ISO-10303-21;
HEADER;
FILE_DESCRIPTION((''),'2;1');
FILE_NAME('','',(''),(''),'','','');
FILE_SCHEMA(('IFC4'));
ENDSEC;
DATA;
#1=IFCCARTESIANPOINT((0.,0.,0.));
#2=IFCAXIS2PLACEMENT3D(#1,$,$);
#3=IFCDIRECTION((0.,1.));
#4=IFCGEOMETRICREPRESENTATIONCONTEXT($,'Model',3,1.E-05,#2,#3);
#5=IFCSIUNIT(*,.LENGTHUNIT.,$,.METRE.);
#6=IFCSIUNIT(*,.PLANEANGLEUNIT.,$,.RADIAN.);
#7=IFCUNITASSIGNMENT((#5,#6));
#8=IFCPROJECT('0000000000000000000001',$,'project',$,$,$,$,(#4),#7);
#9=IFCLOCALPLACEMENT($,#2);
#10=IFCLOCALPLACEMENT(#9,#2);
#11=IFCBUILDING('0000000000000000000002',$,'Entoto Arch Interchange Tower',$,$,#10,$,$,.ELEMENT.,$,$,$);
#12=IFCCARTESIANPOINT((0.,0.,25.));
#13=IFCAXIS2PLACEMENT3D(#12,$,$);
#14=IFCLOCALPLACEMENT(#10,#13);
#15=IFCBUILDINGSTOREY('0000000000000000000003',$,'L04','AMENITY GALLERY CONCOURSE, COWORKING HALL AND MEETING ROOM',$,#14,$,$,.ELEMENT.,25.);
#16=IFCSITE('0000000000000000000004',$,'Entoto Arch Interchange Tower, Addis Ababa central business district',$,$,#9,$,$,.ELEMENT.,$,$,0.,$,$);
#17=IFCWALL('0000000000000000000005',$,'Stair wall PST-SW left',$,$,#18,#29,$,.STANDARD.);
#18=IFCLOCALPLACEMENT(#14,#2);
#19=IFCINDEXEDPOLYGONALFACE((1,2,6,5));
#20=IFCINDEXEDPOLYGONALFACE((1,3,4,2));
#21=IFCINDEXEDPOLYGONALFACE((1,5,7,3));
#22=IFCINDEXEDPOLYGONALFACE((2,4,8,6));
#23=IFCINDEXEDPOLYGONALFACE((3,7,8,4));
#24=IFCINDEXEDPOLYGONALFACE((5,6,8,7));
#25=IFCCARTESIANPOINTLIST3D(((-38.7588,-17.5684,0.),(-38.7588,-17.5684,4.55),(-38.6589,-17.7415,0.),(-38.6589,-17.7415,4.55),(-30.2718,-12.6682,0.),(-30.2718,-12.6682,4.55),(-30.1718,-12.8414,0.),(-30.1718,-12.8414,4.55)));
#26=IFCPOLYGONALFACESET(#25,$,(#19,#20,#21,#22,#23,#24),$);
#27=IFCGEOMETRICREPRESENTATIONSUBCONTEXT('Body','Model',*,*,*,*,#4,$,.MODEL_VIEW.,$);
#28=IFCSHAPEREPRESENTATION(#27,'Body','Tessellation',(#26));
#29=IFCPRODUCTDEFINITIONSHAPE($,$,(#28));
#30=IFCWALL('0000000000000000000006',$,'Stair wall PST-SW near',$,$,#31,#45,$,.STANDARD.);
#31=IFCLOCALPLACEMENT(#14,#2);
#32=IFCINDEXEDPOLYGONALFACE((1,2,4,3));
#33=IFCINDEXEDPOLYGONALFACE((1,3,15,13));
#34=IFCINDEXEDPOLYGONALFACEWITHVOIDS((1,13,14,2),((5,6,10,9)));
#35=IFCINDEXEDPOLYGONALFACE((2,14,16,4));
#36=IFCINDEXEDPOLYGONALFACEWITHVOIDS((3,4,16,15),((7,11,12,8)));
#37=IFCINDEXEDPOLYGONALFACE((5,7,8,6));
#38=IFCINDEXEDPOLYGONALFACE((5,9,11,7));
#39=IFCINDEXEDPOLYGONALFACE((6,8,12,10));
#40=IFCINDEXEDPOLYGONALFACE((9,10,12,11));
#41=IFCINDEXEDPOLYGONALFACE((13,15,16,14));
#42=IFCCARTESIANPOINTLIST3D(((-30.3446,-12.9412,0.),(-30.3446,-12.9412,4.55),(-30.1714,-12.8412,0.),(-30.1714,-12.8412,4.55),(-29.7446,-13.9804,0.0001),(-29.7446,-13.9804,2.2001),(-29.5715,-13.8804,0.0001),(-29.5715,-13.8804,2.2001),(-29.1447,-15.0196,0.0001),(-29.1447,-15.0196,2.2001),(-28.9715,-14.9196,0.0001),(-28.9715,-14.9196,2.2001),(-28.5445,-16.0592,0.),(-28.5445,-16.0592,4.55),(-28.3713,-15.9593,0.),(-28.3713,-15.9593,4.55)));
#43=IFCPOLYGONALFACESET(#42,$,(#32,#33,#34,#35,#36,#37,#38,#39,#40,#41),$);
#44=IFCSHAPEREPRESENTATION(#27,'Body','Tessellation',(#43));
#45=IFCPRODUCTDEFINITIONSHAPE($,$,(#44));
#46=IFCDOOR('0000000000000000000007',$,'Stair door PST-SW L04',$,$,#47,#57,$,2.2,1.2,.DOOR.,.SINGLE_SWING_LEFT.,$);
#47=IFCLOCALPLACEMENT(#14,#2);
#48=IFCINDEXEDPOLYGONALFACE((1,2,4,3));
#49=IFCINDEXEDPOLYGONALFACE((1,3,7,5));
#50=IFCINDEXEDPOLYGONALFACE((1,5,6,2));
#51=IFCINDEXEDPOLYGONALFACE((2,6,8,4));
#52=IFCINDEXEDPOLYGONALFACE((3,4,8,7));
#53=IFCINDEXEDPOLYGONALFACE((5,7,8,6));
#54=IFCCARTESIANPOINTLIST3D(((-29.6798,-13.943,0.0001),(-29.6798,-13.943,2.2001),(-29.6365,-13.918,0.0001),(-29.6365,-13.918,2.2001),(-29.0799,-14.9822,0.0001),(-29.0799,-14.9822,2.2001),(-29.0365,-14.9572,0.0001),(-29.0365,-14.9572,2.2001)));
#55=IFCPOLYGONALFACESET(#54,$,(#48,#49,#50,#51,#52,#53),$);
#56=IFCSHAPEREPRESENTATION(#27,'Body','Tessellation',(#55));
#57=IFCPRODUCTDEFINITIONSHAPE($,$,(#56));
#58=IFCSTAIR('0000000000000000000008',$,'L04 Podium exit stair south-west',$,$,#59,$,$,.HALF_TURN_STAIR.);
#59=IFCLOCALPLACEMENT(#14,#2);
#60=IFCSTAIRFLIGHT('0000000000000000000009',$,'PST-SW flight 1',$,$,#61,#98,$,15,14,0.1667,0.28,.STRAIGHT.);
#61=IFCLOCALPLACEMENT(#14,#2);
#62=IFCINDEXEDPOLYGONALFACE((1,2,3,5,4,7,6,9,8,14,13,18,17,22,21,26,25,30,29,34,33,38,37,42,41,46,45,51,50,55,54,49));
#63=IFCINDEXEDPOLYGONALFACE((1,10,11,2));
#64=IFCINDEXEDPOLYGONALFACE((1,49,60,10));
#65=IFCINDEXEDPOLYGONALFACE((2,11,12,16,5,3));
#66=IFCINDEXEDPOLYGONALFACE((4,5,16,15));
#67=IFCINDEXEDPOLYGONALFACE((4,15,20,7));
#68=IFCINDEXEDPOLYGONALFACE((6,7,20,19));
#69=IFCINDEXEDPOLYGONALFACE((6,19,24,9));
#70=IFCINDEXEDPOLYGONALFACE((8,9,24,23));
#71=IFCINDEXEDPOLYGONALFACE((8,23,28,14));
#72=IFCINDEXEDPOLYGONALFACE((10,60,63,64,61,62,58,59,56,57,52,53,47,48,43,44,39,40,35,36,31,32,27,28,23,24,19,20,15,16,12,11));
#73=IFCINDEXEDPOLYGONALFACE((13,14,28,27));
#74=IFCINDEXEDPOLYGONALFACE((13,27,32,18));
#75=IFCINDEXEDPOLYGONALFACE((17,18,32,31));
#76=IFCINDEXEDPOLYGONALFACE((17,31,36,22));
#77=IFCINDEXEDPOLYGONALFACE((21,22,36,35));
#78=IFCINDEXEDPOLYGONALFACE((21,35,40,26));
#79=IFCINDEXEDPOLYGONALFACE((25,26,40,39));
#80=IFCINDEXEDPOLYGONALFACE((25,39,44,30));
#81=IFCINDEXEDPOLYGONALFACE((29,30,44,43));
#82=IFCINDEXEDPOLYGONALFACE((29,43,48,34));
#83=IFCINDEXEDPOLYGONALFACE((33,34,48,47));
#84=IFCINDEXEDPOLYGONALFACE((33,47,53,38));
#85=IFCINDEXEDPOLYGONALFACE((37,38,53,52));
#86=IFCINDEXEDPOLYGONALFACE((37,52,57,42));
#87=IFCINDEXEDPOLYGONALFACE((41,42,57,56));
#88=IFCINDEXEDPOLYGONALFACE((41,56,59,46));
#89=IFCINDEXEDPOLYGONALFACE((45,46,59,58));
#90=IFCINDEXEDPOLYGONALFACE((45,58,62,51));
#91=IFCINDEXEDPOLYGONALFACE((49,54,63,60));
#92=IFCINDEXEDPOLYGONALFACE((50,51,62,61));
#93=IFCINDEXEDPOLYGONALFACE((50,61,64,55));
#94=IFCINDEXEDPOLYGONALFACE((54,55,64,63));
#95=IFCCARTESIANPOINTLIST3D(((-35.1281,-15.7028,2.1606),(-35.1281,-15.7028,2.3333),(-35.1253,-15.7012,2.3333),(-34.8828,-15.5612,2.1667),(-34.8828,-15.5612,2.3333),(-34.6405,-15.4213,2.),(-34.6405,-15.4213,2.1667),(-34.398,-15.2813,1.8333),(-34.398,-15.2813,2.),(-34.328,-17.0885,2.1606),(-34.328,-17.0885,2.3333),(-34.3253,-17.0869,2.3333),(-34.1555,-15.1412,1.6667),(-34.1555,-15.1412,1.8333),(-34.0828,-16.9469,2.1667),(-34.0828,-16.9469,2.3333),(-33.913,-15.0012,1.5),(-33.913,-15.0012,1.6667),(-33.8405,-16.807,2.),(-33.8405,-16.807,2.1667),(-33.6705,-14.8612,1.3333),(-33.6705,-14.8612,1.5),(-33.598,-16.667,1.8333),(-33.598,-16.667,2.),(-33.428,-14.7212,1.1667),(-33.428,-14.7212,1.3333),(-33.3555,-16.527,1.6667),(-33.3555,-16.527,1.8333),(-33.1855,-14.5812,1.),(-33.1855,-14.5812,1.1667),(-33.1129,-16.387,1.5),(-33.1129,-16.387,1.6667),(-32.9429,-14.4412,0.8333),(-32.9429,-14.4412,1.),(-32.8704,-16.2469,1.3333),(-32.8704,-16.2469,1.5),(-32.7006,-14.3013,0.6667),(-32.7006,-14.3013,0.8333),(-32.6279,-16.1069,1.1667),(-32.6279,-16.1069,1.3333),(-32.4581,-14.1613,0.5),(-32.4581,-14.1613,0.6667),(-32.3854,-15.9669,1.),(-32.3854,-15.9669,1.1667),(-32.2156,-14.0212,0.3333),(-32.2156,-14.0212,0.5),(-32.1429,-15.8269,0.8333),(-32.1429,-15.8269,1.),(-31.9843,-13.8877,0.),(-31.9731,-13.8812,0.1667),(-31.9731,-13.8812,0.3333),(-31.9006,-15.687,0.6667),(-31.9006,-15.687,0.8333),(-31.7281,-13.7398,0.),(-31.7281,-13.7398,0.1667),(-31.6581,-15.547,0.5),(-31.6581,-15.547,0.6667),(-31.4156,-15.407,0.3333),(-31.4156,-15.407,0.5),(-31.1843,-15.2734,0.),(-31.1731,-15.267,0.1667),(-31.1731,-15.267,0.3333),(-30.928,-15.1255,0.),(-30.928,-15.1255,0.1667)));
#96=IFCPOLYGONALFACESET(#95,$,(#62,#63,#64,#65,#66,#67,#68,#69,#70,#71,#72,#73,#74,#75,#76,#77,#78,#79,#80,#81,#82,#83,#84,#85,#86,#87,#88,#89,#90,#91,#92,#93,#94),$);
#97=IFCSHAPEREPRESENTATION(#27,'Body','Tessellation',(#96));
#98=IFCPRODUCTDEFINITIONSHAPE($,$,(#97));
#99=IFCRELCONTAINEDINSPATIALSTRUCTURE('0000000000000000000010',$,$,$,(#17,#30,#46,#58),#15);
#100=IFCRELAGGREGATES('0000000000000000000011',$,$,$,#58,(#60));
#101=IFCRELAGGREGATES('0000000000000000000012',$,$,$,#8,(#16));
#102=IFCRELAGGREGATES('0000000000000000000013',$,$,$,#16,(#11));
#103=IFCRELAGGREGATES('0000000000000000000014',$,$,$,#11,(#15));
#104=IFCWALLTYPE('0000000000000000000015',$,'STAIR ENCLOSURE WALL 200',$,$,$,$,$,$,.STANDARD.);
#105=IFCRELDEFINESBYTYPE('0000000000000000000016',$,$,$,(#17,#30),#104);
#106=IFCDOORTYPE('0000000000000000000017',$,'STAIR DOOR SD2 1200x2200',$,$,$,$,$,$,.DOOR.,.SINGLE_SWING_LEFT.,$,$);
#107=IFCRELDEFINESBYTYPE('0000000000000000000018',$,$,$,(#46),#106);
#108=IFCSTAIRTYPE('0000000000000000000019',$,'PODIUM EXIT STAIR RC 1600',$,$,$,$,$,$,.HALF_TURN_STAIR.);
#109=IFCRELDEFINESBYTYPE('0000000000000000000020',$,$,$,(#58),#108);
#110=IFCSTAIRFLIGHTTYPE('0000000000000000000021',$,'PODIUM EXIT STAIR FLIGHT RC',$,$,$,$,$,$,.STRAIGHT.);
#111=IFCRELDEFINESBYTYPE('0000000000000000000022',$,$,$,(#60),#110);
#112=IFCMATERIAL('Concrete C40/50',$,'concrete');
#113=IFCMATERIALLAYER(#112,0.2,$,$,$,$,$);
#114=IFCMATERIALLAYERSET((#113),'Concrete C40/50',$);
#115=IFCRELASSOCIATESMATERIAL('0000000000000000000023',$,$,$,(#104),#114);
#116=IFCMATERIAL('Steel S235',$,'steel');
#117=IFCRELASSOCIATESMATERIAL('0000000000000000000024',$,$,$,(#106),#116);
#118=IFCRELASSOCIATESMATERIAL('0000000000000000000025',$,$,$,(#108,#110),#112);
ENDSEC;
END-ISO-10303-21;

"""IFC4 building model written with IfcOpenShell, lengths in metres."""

from ifc_helpers import new_model, si_unit, direction, frame, frame_2d, origin, place, context, subcontext, project, spatial, polyline, rectangle, outline, extrude, material, layer, layer_set, type_object, element, fill, aggregate, save


model = new_model("IFC4")

# Units and contexts
model_context = context("Model", 3, precision=1e-05, world=origin(), true_north=direction((0.0, 1.0)))
body_context = subcontext(model_context, "Body", "Model", "MODEL_VIEW")
ifc_project = project(units=[si_unit("LENGTHUNIT", "METRE"), si_unit("PLANEANGLEUNIT", "RADIAN")], contexts=[model_context])

# Site, building, storey
site_placement = place(None, origin())
site = spatial("IfcSite", under=ifc_project, at=site_placement, Name="Entoto Arch Interchange Tower, Addis Ababa central business district", CompositionType="ELEMENT", RefElevation=0.0)
building_placement = place(site_placement, origin())
building = spatial("IfcBuilding", under=site, at=building_placement, Name="Entoto Arch Interchange Tower", CompositionType="ELEMENT")
storey_placement = place(building_placement, frame((0.0, 0.0, 25.0)))
storey = spatial("IfcBuildingStorey", under=building, at=storey_placement, Name="L04", Description="AMENITY GALLERY CONCOURSE, COWORKING HALL AND MEETING ROOM", CompositionType="ELEMENT", Elevation=25.0)

# Wall
ifc_material_1 = material(Name="Concrete C40/50", Category="concrete")
ifc_layer_1 = layer(ifc_material_1, 0.2)
ifc_layer_set_1 = layer_set([ifc_layer_1], Name="Concrete C40/50")
wall_type_1 = type_object("IfcWallType", Name="STAIR ENCLOSURE WALL 200", PredefinedType="STANDARD", material=ifc_layer_set_1)
wall_1_placement = place(storey_placement, frame((-30.2219, -12.7549, 0.0), z_axis=(0.0, 0.0, 1.0), x_axis=(-0.866019, -0.500011, 0.0)))
element("IfcWall", 1, at=wall_1_placement, inside=storey, type_object=wall_type_1, Name="Stair wall PST-SW left", PredefinedType="STANDARD", context=body_context, shape_type="SweptSolid", body=[
    extrude(rectangle(XDim=9.8, YDim=0.2, at=frame_2d((4.8999, 0.0))), origin(), (0.0, 0.0, 1.0), 4.55),
])

# Wall, opening, door
wall_2_placement = place(storey_placement, frame((-30.2581, -12.8911, 0.0), z_axis=(0.0, 0.0, 1.0), x_axis=(0.499983, -0.866035, 0.0)))
wall_2 = element("IfcWall", 2, at=wall_2_placement, inside=storey, type_object=wall_type_1, Name="Stair wall PST-SW near", PredefinedType="STANDARD", context=body_context, shape_type="SweptSolid", body=[
    extrude(rectangle(XDim=3.6003, YDim=0.2, at=frame_2d((1.8003, 0.0))), origin(), (0.0, 0.0, 1.0), 4.55),
])
opening_1_placement = place(wall_2_placement, frame((1.2, 0.0, 0.0)))
opening_1 = element("IfcOpeningElement", 3, at=opening_1_placement, cuts=wall_2, PredefinedType="OPENING", context=body_context, shape_type="SweptSolid", body=[
    extrude(rectangle(XDim=1.2, YDim=2.2, at=frame_2d((0.6001, 1.1001))), frame((0.0, 0.1099, 0.0), z_axis=(0.0, -1.0, 0.0), x_axis=(1.0, 0.0, 0.0)), (0.0, 0.0, 1.0), 0.22),
])
ifc_material_2 = material(Name="Steel S235", Category="steel")
door_type_1 = type_object("IfcDoorType", Name="STAIR DOOR SD2 1200x2200", OperationType="SINGLE_SWING_LEFT", PredefinedType="DOOR", material=ifc_material_2)
door_1_placement = place(opening_1_placement, origin())
door_1 = element("IfcDoor", 4, at=door_1_placement, inside=storey, type_object=door_type_1, Name="Stair door PST-SW L04", OperationType="SINGLE_SWING_LEFT", OverallHeight=2.2, OverallWidth=1.2, PredefinedType="DOOR", context=body_context, shape_type="SweptSolid", body=[
    extrude(rectangle(XDim=1.2, YDim=2.2, at=frame_2d((0.6001, 1.1001))), frame((0.0, 0.0249, 0.0), z_axis=(0.0, -1.0, 0.0), x_axis=(1.0, 0.0, 0.0)), (0.0, 0.0, 1.0), 0.05),
])
fill(opening_1, door_1)

# Stair, stair flight
stair_type = type_object("IfcStairType", Name="PODIUM EXIT STAIR RC 1600", PredefinedType="HALF_TURN_STAIR", material=ifc_material_1)
stair_placement = place(storey_placement, origin())
stair = element("IfcStair", 5, at=stair_placement, inside=storey, type_object=stair_type, Name="L04 Podium exit stair south-west", PredefinedType="HALF_TURN_STAIR")
stair_flight_type = type_object("IfcStairFlightType", Name="PODIUM EXIT STAIR FLIGHT RC", PredefinedType="STRAIGHT", material=ifc_material_1)
stair_flight_placement = place(storey_placement, frame((-31.3306, -14.4341, 0.0), z_axis=(0.0, 0.0, 1.0), x_axis=(-0.866025, -0.5, 0.0)))
stair_flight = element("IfcStairFlight", 6, at=stair_flight_placement, type_object=stair_flight_type, Name="PST-SW flight 1", NumberOfRisers=15, NumberOfTreads=14, PredefinedType="STRAIGHT", RiserHeight=0.1667, TreadLength=0.28, context=body_context, shape_type="SweptSolid", body=[
    extrude(outline(polyline([(-0.0029, 0.0), (-0.0029, 0.1667), (0.28, 0.1667), (0.28, 0.3333), (0.5601, 0.3333), (0.5601, 0.5), (0.8401, 0.5), (0.8401, 0.6667), (1.1201, 0.6667), (1.1201, 0.8333), (1.3999, 0.8333), (1.3999, 1.0), (1.6799, 1.0), (1.6799, 1.1667), (1.96, 1.1667), (1.96, 1.3333), (2.24, 1.3333), (2.24, 1.5), (2.52, 1.5), (2.52, 1.6667), (2.8, 1.6667), (2.8, 1.8333), (3.0801, 1.8333), (3.0801, 2.0), (3.3601, 2.0), (3.3601, 2.1667), (3.6399, 2.1667), (3.6399, 2.3333), (3.9199, 2.3333), (3.9231, 2.3333), (3.9231, 2.1606), (0.293, 0.0), (-0.0029, 0.0)])), frame((0.0, 0.8, 0.0), z_axis=(0.0, -1.0, 0.0), x_axis=(1.0, 0.0, 0.0)), (0.0, 0.0, 1.0), 1.6001),
])
aggregate(stair, [stair_flight])

save(model, "model.ifc")
